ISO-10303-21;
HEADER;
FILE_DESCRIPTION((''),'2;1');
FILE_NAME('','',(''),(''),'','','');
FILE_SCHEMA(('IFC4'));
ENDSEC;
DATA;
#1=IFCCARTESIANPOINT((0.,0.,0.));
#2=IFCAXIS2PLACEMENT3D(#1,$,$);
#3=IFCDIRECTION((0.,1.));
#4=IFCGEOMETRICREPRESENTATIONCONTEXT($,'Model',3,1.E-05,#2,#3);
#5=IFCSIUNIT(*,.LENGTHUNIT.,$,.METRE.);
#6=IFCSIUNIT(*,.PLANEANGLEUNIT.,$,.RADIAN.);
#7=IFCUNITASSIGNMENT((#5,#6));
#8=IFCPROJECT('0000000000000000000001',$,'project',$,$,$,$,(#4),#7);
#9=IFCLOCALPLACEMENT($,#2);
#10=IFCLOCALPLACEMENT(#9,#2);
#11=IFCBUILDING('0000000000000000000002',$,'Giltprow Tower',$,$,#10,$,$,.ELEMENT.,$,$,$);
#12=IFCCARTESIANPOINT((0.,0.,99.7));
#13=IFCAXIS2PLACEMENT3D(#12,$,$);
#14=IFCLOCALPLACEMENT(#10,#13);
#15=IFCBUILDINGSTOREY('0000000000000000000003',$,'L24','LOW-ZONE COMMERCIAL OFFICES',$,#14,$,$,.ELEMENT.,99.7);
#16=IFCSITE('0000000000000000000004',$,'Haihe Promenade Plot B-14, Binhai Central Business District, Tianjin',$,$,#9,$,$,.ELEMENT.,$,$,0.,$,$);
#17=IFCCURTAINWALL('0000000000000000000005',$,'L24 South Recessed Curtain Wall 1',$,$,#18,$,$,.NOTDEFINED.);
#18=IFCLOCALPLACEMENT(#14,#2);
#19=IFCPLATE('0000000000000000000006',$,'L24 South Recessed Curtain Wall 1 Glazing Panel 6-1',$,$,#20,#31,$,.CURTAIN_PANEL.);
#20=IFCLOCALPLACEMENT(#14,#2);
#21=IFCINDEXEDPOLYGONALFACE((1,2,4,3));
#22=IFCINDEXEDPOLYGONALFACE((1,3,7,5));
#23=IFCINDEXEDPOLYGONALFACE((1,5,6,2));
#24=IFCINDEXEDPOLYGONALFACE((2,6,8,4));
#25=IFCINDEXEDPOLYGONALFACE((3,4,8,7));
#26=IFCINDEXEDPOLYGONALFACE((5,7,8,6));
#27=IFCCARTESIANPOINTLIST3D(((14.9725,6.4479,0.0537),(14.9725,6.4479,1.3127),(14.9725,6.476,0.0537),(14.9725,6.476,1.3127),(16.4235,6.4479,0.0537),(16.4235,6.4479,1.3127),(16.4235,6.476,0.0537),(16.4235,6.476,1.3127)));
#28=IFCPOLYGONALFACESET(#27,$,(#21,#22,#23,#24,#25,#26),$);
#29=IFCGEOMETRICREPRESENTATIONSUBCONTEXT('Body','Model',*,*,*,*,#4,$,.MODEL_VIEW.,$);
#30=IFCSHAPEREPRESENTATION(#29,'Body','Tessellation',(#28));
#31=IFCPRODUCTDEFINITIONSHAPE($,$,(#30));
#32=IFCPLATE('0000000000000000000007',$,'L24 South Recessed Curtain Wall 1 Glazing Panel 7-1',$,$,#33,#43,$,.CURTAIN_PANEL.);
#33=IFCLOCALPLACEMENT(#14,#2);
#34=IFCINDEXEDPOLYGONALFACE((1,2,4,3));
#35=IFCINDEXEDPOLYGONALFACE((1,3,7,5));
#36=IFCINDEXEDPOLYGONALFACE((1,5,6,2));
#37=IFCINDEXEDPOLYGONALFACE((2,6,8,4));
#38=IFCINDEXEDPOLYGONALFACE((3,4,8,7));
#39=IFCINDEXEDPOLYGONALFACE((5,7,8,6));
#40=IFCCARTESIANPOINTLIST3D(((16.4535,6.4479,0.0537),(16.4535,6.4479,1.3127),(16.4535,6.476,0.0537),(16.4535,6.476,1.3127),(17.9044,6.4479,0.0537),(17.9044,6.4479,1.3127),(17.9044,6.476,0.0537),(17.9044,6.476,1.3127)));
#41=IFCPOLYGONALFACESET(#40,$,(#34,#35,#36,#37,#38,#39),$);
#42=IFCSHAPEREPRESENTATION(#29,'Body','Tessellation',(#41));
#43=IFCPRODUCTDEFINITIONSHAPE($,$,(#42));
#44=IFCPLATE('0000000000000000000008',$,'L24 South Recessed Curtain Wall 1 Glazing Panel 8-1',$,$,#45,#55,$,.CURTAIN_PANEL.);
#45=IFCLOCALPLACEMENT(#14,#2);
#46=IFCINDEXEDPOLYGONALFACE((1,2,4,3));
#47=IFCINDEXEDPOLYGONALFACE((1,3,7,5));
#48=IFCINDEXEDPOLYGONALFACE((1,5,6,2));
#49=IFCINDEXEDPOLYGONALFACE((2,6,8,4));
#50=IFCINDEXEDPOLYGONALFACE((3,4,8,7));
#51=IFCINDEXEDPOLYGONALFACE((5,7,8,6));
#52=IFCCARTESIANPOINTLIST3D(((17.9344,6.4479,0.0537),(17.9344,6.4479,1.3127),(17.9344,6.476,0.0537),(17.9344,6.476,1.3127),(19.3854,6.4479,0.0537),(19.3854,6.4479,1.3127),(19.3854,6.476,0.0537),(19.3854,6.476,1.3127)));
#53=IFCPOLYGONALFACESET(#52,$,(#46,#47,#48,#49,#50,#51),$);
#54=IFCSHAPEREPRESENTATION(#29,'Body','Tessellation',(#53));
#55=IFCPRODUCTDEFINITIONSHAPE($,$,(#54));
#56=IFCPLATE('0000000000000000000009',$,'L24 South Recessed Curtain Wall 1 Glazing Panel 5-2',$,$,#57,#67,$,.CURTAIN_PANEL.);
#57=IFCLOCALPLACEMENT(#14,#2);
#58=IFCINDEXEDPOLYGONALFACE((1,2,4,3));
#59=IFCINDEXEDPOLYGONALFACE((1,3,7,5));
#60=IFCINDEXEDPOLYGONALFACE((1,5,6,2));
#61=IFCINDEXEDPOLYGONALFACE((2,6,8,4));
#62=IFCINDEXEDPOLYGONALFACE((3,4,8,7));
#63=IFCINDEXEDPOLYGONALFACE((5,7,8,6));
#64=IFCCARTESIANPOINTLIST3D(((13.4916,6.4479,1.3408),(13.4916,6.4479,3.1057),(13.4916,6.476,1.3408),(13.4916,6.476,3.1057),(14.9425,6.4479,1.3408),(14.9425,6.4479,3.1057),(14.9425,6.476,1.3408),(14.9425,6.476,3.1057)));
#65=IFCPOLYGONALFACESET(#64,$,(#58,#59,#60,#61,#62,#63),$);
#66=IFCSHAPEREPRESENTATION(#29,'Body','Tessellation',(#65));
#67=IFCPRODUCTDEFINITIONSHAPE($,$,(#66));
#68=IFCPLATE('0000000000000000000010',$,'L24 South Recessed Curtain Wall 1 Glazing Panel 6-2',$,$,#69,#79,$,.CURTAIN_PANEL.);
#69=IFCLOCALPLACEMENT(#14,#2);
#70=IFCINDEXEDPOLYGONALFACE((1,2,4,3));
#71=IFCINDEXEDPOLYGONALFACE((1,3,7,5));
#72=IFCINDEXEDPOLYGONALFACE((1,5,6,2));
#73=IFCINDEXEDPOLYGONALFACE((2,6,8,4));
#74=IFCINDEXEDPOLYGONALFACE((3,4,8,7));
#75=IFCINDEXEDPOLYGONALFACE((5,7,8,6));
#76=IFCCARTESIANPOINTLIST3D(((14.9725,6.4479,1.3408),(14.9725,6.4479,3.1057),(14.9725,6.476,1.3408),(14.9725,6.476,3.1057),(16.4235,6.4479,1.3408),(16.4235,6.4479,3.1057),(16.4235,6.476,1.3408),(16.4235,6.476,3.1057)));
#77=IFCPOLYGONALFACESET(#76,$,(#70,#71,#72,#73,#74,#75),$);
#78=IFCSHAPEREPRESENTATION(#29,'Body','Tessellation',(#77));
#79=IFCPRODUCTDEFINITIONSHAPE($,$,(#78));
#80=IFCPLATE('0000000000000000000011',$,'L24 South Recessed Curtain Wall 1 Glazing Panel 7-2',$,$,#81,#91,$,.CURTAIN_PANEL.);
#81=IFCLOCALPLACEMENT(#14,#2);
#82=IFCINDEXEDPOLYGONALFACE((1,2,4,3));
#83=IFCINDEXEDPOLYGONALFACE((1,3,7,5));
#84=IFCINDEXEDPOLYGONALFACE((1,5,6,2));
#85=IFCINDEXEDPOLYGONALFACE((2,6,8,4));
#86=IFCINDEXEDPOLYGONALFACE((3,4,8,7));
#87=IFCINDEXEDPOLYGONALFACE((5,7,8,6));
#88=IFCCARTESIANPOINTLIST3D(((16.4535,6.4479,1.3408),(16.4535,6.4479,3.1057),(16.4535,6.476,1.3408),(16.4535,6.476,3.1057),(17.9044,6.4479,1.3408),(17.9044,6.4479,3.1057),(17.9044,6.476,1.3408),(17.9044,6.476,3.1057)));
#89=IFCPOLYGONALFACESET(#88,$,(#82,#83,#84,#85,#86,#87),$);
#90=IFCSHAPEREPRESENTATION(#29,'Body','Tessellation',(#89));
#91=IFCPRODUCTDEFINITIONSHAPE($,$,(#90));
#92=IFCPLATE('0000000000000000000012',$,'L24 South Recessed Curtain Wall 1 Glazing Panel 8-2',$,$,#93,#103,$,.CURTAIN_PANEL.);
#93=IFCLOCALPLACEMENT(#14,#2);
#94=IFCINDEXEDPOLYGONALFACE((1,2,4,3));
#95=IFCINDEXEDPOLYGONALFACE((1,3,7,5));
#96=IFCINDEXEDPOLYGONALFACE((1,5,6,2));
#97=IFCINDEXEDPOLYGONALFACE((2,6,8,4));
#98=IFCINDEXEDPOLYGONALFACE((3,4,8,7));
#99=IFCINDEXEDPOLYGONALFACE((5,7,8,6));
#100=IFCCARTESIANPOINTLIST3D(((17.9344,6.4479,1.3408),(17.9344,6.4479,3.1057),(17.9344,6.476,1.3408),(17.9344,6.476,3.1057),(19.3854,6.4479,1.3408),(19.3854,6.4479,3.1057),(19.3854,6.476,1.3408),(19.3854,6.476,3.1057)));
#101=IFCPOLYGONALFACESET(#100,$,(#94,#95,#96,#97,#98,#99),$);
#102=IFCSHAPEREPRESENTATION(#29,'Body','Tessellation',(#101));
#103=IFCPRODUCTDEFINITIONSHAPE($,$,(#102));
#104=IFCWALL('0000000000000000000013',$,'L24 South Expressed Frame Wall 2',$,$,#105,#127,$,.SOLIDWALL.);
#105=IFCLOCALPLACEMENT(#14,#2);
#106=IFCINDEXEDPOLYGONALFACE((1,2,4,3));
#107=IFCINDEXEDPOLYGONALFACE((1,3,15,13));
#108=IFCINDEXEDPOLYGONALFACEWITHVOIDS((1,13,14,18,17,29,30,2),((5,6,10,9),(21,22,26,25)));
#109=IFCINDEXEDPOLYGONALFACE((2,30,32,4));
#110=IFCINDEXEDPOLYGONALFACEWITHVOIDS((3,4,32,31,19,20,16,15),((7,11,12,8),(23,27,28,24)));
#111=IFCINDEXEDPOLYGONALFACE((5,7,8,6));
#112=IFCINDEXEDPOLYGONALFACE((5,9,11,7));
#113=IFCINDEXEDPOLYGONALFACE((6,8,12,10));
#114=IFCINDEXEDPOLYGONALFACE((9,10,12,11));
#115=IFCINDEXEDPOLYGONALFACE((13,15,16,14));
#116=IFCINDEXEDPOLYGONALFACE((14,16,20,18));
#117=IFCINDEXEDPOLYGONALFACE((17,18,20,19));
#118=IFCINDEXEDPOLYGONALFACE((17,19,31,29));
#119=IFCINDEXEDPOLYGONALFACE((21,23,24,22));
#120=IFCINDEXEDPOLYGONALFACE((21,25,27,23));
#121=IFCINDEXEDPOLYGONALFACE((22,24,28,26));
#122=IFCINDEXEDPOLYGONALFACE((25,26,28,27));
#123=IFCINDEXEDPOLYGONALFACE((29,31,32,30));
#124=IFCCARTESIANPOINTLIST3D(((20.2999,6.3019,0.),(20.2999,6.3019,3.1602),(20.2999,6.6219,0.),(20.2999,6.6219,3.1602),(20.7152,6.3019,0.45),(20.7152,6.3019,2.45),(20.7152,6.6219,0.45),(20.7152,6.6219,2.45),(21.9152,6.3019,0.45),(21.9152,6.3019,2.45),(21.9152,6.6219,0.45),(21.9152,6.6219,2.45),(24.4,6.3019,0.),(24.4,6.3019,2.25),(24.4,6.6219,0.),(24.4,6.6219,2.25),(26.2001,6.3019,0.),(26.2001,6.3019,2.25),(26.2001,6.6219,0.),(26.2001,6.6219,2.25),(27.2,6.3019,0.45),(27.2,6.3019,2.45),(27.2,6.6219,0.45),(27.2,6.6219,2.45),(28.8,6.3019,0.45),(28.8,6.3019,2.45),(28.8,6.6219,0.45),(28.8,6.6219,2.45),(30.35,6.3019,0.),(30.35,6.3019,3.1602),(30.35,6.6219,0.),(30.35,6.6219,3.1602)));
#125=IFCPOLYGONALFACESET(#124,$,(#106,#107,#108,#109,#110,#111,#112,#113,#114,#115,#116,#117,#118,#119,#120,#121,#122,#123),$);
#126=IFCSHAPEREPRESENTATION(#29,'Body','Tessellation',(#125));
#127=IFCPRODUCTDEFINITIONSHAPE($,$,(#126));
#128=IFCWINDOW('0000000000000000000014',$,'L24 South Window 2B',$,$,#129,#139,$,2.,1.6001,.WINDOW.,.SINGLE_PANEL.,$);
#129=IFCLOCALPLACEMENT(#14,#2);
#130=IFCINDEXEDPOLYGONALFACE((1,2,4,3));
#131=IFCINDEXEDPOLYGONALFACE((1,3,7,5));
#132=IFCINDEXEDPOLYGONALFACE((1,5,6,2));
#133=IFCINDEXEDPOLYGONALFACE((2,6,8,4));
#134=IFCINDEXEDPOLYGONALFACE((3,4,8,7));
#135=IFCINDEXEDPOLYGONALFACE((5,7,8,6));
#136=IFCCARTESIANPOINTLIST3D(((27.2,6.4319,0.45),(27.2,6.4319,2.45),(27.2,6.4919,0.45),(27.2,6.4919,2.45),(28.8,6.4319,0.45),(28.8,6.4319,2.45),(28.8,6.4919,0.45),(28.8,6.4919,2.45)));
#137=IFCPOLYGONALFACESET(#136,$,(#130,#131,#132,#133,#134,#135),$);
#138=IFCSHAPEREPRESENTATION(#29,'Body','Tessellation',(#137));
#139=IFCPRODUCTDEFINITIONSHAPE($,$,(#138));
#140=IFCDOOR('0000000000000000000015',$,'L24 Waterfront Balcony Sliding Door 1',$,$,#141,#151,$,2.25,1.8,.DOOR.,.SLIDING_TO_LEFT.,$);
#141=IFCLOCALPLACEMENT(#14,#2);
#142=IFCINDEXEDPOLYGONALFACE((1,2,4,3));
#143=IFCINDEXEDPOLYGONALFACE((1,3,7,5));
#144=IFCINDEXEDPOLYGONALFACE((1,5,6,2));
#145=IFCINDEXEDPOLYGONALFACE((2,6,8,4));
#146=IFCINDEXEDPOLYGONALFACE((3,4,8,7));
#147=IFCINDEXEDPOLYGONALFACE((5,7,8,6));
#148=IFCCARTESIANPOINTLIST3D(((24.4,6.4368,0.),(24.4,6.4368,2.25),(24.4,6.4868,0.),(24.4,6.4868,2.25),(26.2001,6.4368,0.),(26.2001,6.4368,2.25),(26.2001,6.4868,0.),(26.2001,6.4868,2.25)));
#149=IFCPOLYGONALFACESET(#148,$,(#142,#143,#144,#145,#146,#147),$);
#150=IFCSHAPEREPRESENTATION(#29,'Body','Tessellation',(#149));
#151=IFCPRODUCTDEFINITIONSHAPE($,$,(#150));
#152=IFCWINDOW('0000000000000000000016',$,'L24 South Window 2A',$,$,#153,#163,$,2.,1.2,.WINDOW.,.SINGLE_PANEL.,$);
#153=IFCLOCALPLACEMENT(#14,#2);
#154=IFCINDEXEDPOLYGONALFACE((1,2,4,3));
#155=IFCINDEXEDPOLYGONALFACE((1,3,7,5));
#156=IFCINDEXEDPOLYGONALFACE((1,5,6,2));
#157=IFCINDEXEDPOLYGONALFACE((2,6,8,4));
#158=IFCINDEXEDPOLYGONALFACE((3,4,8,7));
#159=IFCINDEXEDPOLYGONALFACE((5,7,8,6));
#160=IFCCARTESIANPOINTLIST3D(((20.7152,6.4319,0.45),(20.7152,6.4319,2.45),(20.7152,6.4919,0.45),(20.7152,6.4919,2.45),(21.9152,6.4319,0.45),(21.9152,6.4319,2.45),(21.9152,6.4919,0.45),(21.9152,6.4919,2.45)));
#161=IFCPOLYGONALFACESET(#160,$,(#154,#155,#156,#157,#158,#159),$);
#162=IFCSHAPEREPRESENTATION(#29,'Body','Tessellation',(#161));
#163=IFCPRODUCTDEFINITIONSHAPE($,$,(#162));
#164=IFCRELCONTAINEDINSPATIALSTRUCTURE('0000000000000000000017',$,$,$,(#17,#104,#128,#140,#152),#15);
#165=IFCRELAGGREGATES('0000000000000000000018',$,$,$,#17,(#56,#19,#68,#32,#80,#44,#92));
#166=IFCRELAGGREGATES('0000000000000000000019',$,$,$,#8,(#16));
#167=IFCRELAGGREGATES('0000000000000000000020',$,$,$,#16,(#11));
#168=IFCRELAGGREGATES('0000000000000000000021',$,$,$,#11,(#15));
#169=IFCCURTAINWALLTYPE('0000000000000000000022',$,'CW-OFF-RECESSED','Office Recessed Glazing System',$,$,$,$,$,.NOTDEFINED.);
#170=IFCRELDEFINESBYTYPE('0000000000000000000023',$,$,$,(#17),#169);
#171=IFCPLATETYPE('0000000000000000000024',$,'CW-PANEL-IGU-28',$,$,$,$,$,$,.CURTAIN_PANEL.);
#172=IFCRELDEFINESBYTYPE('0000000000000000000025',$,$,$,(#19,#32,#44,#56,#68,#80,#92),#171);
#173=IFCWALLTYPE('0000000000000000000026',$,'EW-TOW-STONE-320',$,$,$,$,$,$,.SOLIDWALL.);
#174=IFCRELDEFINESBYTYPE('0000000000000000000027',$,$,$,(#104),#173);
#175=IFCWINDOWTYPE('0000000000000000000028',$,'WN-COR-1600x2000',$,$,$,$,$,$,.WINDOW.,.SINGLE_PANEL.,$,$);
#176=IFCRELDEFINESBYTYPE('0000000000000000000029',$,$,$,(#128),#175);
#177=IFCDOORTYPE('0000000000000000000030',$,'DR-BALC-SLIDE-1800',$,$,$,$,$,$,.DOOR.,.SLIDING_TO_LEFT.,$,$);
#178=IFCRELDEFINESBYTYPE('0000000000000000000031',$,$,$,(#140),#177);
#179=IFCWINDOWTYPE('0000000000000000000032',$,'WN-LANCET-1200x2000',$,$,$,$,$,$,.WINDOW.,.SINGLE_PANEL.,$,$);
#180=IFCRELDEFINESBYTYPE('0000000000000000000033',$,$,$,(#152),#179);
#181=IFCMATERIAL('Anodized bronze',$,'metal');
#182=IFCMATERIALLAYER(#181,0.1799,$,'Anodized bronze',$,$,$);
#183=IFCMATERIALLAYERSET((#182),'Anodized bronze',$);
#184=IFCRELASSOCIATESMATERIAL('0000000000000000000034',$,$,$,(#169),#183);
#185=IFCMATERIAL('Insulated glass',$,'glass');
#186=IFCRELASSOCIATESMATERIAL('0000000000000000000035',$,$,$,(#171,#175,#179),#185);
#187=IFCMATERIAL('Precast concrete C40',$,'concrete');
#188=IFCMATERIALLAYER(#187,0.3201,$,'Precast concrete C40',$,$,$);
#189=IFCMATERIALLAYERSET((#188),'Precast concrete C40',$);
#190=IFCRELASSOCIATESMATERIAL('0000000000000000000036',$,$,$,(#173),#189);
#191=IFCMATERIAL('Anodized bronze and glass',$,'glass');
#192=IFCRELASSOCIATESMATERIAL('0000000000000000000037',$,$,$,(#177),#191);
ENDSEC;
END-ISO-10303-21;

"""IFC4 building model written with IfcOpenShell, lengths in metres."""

from ifc_helpers import new_model, si_unit, direction, frame, frame_2d, origin, origin_2d, place, context, subcontext, project, spatial, rectangle, extrude, source, transform, mapped, material, layer, layer_set, type_object, element, fill, aggregate, save


model = new_model("IFC4")

# Units and contexts
model_context = context("Model", 3, precision=1e-05, world=origin(), true_north=direction((0.0, 1.0)))
body_context = subcontext(model_context, "Body", "Model", "MODEL_VIEW")
ifc_project = project(units=[si_unit("LENGTHUNIT", "METRE"), si_unit("PLANEANGLEUNIT", "RADIAN")], contexts=[model_context])

# Site, building, storey
site_placement = place(None, origin())
site = spatial("IfcSite", under=ifc_project, at=site_placement, Name="Haihe Promenade Plot B-14, Binhai Central Business District, Tianjin", CompositionType="ELEMENT", RefElevation=0.0)
building_placement = place(site_placement, origin())
building = spatial("IfcBuilding", under=site, at=building_placement, Name="Giltprow Tower", CompositionType="ELEMENT")
storey_placement = place(building_placement, frame((0.0, 0.0, 99.7)))
storey = spatial("IfcBuildingStorey", under=building, at=storey_placement, Name="L24", Description="LOW-ZONE COMMERCIAL OFFICES", CompositionType="ELEMENT", Elevation=99.7)

# Curtain wall
ifc_material_1 = material(Name="Anodized bronze", Category="metal")
ifc_layer_1 = layer(ifc_material_1, 0.1799, Name="Anodized bronze")
ifc_layer_set_1 = layer_set([ifc_layer_1], Name="Anodized bronze")
curtain_wall_type = type_object("IfcCurtainWallType", Name="CW-OFF-RECESSED", Description="Office Recessed Glazing System", PredefinedType="NOTDEFINED", material=ifc_layer_set_1)
curtain_wall_placement = place(storey_placement, origin())
curtain_wall = element("IfcCurtainWall", 1, at=curtain_wall_placement, inside=storey, type_object=curtain_wall_type, Name="L24 South Recessed Curtain Wall 1", PredefinedType="NOTDEFINED")

# Plates
ifc_material_2 = material(Name="Insulated glass", Category="glass")
plate_type_1 = type_object("IfcPlateType", Name="CW-PANEL-IGU-28", PredefinedType="CURTAIN_PANEL", material=ifc_material_2)
shared_shape_1 = source(origin(), body_context, "Body", "SweptSolid", [
    extrude(rectangle(XDim=1.4509, YDim=0.0281, at=origin_2d()), origin(), (0.0, 0.0, 1.0), 1.259),
])
plate_1_placement = place(storey_placement, frame((15.698, 6.4619, 0.0537), z_axis=(0.0, 0.0, 1.0), x_axis=(1.0, 0.0, 0.0)))
plate_1 = element("IfcPlate", 2, at=plate_1_placement, type_object=plate_type_1, Name="L24 South Recessed Curtain Wall 1 Glazing Panel 6-1", PredefinedType="CURTAIN_PANEL", context=body_context, shape_type="MappedRepresentation", body=[
    mapped(shared_shape_1, transform((0.0, 0.0, 0.0), x_axis=(1.0, 0.0, 0.0), y_axis=(0.0, 1.0, 0.0), z_axis=(0.0, 0.0, 1.0), scale=1.0)),
])
plate_2_placement = place(storey_placement, frame((17.179, 6.4619, 0.0537), z_axis=(0.0, 0.0, 1.0), x_axis=(1.0, 0.0, 0.0)))
plate_2 = element("IfcPlate", 3, at=plate_2_placement, type_object=plate_type_1, Name="L24 South Recessed Curtain Wall 1 Glazing Panel 7-1", PredefinedType="CURTAIN_PANEL", context=body_context, shape_type="MappedRepresentation", body=[
    mapped(shared_shape_1, transform((0.0, 0.0, 0.0), x_axis=(1.0, 0.0, 0.0), y_axis=(0.0, 1.0, 0.0), z_axis=(0.0, 0.0, 1.0), scale=1.0)),
])
plate_3_placement = place(storey_placement, frame((18.6599, 6.4619, 0.0537), z_axis=(0.0, 0.0, 1.0), x_axis=(1.0, 0.0, 0.0)))
plate_3 = element("IfcPlate", 4, at=plate_3_placement, type_object=plate_type_1, Name="L24 South Recessed Curtain Wall 1 Glazing Panel 8-1", PredefinedType="CURTAIN_PANEL", context=body_context, shape_type="MappedRepresentation", body=[
    mapped(shared_shape_1, transform((0.0, 0.0, 0.0), x_axis=(1.0, 0.0, 0.0), y_axis=(0.0, 1.0, 0.0), z_axis=(0.0, 0.0, 1.0), scale=1.0)),
])
shared_shape_2 = source(origin(), body_context, "Body", "SweptSolid", [
    extrude(rectangle(XDim=1.4509, YDim=0.0281, at=origin_2d()), origin(), (0.0, 0.0, 1.0), 1.7649),
])
plate_4_placement = place(storey_placement, frame((14.217, 6.4619, 1.3408), z_axis=(0.0, 0.0, 1.0), x_axis=(1.0, 0.0, 0.0)))
plate_4 = element("IfcPlate", 5, at=plate_4_placement, type_object=plate_type_1, Name="L24 South Recessed Curtain Wall 1 Glazing Panel 5-2", PredefinedType="CURTAIN_PANEL", context=body_context, shape_type="MappedRepresentation", body=[
    mapped(shared_shape_2, transform((0.0, 0.0, 0.0), x_axis=(1.0, 0.0, 0.0), y_axis=(0.0, 1.0, 0.0), z_axis=(0.0, 0.0, 1.0), scale=1.0)),
])
plate_5_placement = place(storey_placement, frame((15.698, 6.4619, 1.3408), z_axis=(0.0, 0.0, 1.0), x_axis=(1.0, 0.0, 0.0)))
plate_5 = element("IfcPlate", 6, at=plate_5_placement, type_object=plate_type_1, Name="L24 South Recessed Curtain Wall 1 Glazing Panel 6-2", PredefinedType="CURTAIN_PANEL", context=body_context, shape_type="MappedRepresentation", body=[
    mapped(shared_shape_2, transform((0.0, 0.0, 0.0), x_axis=(1.0, 0.0, 0.0), y_axis=(0.0, 1.0, 0.0), z_axis=(0.0, 0.0, 1.0), scale=1.0)),
])
plate_6_placement = place(storey_placement, frame((17.179, 6.4619, 1.3408), z_axis=(0.0, 0.0, 1.0), x_axis=(1.0, 0.0, 0.0)))
plate_6 = element("IfcPlate", 7, at=plate_6_placement, type_object=plate_type_1, Name="L24 South Recessed Curtain Wall 1 Glazing Panel 7-2", PredefinedType="CURTAIN_PANEL", context=body_context, shape_type="MappedRepresentation", body=[
    mapped(shared_shape_2, transform((0.0, 0.0, 0.0), x_axis=(1.0, 0.0, 0.0), y_axis=(0.0, 1.0, 0.0), z_axis=(0.0, 0.0, 1.0), scale=1.0)),
])
plate_7_placement = place(storey_placement, frame((18.6599, 6.4619, 1.3408), z_axis=(0.0, 0.0, 1.0), x_axis=(1.0, 0.0, 0.0)))
plate_7 = element("IfcPlate", 8, at=plate_7_placement, type_object=plate_type_1, Name="L24 South Recessed Curtain Wall 1 Glazing Panel 8-2", PredefinedType="CURTAIN_PANEL", context=body_context, shape_type="MappedRepresentation", body=[
    mapped(shared_shape_2, transform((0.0, 0.0, 0.0), x_axis=(1.0, 0.0, 0.0), y_axis=(0.0, 1.0, 0.0), z_axis=(0.0, 0.0, 1.0), scale=1.0)),
])
aggregate(curtain_wall, [plate_4, plate_1, plate_5, plate_2, plate_6, plate_3, plate_7])

# Wall, openings, windows, door
ifc_material_3 = material(Name="Precast concrete C40", Category="concrete")
ifc_layer_2 = layer(ifc_material_3, 0.3201, Name="Precast concrete C40")
ifc_layer_set_2 = layer_set([ifc_layer_2], Name="Precast concrete C40")
wall_type_1 = type_object("IfcWallType", Name="EW-TOW-STONE-320", PredefinedType="SOLIDWALL", material=ifc_layer_set_2)
wall_1_placement = place(storey_placement, frame((20.3, 6.4619, 0.0), z_axis=(0.0, 0.0, 1.0), x_axis=(1.0, 0.0, 0.0)))
wall_1 = element("IfcWall", 9, at=wall_1_placement, inside=storey, type_object=wall_type_1, Name="L24 South Expressed Frame Wall 2", PredefinedType="SOLIDWALL", context=body_context, shape_type="SweptSolid", body=[
    extrude(rectangle(XDim=10.05, YDim=0.3201, at=frame_2d((5.0249, 0.0))), origin(), (0.0, 0.0, 1.0), 3.1602),
])
opening_1_placement = place(wall_1_placement, frame((4.1001, 0.0, 0.0)))
opening_1 = element("IfcOpeningElement", 10, at=opening_1_placement, cuts=wall_1, PredefinedType="OPENING", context=body_context, shape_type="SweptSolid", body=[
    extrude(rectangle(XDim=1.8, YDim=2.25, at=frame_2d((0.8999, 1.125))), frame((0.0, 0.1699, 0.0), z_axis=(0.0, -1.0, 0.0), x_axis=(1.0, 0.0, 0.0)), (0.0, 0.0, 1.0), 0.3401),
])
opening_2_placement = place(wall_1_placement, frame((0.415, 0.0, 0.45)))
opening_2 = element("IfcOpeningElement", 11, at=opening_2_placement, cuts=wall_1, PredefinedType="OPENING", context=body_context, shape_type="SweptSolid", body=[
    extrude(rectangle(XDim=1.2, YDim=2.0, at=frame_2d((0.6001, 1.0))), frame((0.0, 0.1699, 0.0), z_axis=(0.0, -1.0, 0.0), x_axis=(1.0, 0.0, 0.0)), (0.0, 0.0, 1.0), 0.3401),
])
opening_3_placement = place(wall_1_placement, frame((6.8999, 0.0, 0.45)))
opening_3 = element("IfcOpeningElement", 12, at=opening_3_placement, cuts=wall_1, PredefinedType="OPENING", context=body_context, shape_type="SweptSolid", body=[
    extrude(rectangle(XDim=1.6001, YDim=2.0, at=frame_2d((0.8, 1.0))), frame((0.0, 0.1699, 0.0), z_axis=(0.0, -1.0, 0.0), x_axis=(1.0, 0.0, 0.0)), (0.0, 0.0, 1.0), 0.3401),
])
window_type_1 = type_object("IfcWindowType", Name="WN-COR-1600x2000", PartitioningType="SINGLE_PANEL", PredefinedType="WINDOW", material=ifc_material_2)
shared_shape_3 = source(origin(), body_context, "Body", "SweptSolid", [
    extrude(rectangle(XDim=1.6001, YDim=2.0, at=frame_2d((0.8, 1.0))), frame((0.0, 0.03, 0.0), z_axis=(0.0, -1.0, 0.0), x_axis=(1.0, 0.0, 0.0)), (0.0, 0.0, 1.0), 0.0601),
])
window_1_placement = place(opening_3_placement, origin())
window_1 = element("IfcWindow", 13, at=window_1_placement, inside=storey, type_object=window_type_1, Name="L24 South Window 2B", OverallHeight=2.0, OverallWidth=1.6001, PartitioningType="SINGLE_PANEL", PredefinedType="WINDOW", context=body_context, shape_type="MappedRepresentation", body=[
    mapped(shared_shape_3, transform((0.0, 0.0, 0.0), x_axis=(1.0, 0.0, 0.0), y_axis=(0.0, 1.0, 0.0), z_axis=(0.0, 0.0, 1.0), scale=1.0)),
])
fill(opening_3, window_1)
ifc_material_4 = material(Name="Anodized bronze and glass", Category="glass")
door_type = type_object("IfcDoorType", Name="DR-BALC-SLIDE-1800", OperationType="SLIDING_TO_LEFT", PredefinedType="DOOR", material=ifc_material_4)
shared_shape_4 = source(origin(), body_context, "Body", "SweptSolid", [
    extrude(rectangle(XDim=1.8, YDim=2.25, at=frame_2d((0.8999, 1.125))), frame((0.0, 0.0249, 0.0), z_axis=(0.0, -1.0, 0.0), x_axis=(1.0, 0.0, 0.0)), (0.0, 0.0, 1.0), 0.05),
])
door_placement = place(opening_1_placement, origin())
door = element("IfcDoor", 14, at=door_placement, inside=storey, type_object=door_type, Name="L24 Waterfront Balcony Sliding Door 1", OperationType="SLIDING_TO_LEFT", OverallHeight=2.25, OverallWidth=1.8, PredefinedType="DOOR", context=body_context, shape_type="MappedRepresentation", body=[
    mapped(shared_shape_4, transform((0.0, 0.0, 0.0), x_axis=(1.0, 0.0, 0.0), y_axis=(0.0, 1.0, 0.0), z_axis=(0.0, 0.0, 1.0), scale=1.0)),
])
fill(opening_1, door)
window_type_2 = type_object("IfcWindowType", Name="WN-LANCET-1200x2000", PartitioningType="SINGLE_PANEL", PredefinedType="WINDOW", material=ifc_material_2)
shared_shape_5 = source(origin(), body_context, "Body", "SweptSolid", [
    extrude(rectangle(XDim=1.2, YDim=2.0, at=frame_2d((0.6001, 1.0))), frame((0.0, 0.03, 0.0), z_axis=(0.0, -1.0, 0.0), x_axis=(1.0, 0.0, 0.0)), (0.0, 0.0, 1.0), 0.0601),
])
window_2_placement = place(opening_2_placement, origin())
window_2 = element("IfcWindow", 15, at=window_2_placement, inside=storey, type_object=window_type_2, Name="L24 South Window 2A", OverallHeight=2.0, OverallWidth=1.2, PartitioningType="SINGLE_PANEL", PredefinedType="WINDOW", context=body_context, shape_type="MappedRepresentation", body=[
    mapped(shared_shape_5, transform((0.0, 0.0, 0.0), x_axis=(1.0, 0.0, 0.0), y_axis=(0.0, 1.0, 0.0), z_axis=(0.0, 0.0, 1.0), scale=1.0)),
])
fill(opening_2, window_2)

save(model, "model.ifc")
